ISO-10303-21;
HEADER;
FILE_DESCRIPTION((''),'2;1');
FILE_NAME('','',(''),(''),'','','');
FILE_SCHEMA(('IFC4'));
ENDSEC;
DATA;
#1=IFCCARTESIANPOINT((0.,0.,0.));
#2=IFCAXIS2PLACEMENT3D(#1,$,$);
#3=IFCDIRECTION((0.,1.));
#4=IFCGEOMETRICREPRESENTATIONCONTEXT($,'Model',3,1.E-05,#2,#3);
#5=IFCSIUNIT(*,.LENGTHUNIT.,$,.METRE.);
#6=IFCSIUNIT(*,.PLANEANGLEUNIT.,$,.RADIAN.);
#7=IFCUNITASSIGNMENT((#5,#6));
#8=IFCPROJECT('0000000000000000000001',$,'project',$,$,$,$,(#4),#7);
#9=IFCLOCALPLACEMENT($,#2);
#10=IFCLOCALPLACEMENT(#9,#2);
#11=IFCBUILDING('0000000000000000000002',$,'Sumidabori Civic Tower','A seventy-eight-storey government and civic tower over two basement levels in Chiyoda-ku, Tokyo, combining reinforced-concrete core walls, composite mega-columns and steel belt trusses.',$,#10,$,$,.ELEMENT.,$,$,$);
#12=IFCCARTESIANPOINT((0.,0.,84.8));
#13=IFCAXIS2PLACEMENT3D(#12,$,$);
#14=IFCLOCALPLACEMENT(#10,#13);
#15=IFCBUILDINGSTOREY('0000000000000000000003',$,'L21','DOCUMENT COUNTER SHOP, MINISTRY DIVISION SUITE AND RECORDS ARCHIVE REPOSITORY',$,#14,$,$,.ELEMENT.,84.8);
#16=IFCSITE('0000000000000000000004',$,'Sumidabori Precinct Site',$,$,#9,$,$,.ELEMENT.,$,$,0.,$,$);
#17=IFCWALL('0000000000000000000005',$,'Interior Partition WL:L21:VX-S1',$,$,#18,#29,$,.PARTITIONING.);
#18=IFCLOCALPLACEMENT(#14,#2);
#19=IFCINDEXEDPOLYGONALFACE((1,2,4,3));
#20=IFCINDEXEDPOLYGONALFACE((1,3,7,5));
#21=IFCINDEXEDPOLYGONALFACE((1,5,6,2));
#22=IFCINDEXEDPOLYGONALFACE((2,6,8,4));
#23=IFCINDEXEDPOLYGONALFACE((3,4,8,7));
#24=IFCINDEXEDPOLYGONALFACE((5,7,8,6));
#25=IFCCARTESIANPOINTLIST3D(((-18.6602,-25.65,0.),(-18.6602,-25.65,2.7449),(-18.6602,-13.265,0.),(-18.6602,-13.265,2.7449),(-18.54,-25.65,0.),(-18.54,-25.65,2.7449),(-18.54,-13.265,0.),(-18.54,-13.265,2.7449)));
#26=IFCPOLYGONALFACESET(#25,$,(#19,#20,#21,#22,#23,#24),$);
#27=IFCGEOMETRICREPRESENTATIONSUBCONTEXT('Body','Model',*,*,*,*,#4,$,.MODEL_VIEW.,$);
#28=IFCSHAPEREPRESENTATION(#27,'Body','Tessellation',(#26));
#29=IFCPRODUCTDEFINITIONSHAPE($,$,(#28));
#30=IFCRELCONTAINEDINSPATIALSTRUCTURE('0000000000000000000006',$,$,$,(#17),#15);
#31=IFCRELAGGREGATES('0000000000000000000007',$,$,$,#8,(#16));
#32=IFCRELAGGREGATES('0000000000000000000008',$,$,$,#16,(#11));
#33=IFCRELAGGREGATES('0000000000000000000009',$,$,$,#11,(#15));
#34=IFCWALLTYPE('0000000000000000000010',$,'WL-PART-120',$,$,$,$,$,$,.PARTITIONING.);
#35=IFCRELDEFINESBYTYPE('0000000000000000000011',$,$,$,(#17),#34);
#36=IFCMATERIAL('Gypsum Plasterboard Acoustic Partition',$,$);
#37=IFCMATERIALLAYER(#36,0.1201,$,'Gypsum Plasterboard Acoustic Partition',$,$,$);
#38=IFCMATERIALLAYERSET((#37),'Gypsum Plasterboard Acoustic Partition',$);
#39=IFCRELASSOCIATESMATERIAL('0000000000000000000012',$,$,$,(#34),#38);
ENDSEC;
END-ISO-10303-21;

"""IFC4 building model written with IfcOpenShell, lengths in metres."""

from ifc_helpers import new_model, si_unit, direction, frame, frame_2d, origin, place, context, subcontext, project, spatial, rectangle, extrude, source, transform, mapped, material, layer, layer_set, type_object, element, save


model = new_model("IFC4")

# Units and contexts
model_context = context("Model", 3, precision=1e-05, world=origin(), true_north=direction((0.0, 1.0)))
body_context = subcontext(model_context, "Body", "Model", "MODEL_VIEW")
ifc_project = project(units=[si_unit("LENGTHUNIT", "METRE"), si_unit("PLANEANGLEUNIT", "RADIAN")], contexts=[model_context])

# Site, building, storey
site_placement = place(None, origin())
site = spatial("IfcSite", under=ifc_project, at=site_placement, Name="Sumidabori Precinct Site", CompositionType="ELEMENT", RefElevation=0.0)
building_placement = place(site_placement, origin())
building = spatial("IfcBuilding", under=site, at=building_placement, Name="Sumidabori Civic Tower", Description="A seventy-eight-storey government and civic tower over two basement levels in Chiyoda-ku, Tokyo, combining reinforced-concrete core walls, composite mega-columns and steel belt trusses.", CompositionType="ELEMENT")
storey_placement = place(building_placement, frame((0.0, 0.0, 84.8)))
storey = spatial("IfcBuildingStorey", under=building, at=storey_placement, Name="L21", Description="DOCUMENT COUNTER SHOP, MINISTRY DIVISION SUITE AND RECORDS ARCHIVE REPOSITORY", CompositionType="ELEMENT", Elevation=84.8)

# Shared definitions
ifc_material_1 = material(Name="Gypsum Plasterboard Acoustic Partition")
ifc_layer_1 = layer(ifc_material_1, 0.1201, Name="Gypsum Plasterboard Acoustic Partition")
ifc_layer_set_1 = layer_set([ifc_layer_1], Name="Gypsum Plasterboard Acoustic Partition")
wall_type_1 = type_object("IfcWallType", Name="WL-PART-120", PredefinedType="PARTITIONING", material=ifc_layer_set_1)

# Wall
shared_shape_1 = source(origin(), body_context, "Body", "SweptSolid", [
    extrude(rectangle(XDim=12.385, YDim=0.1201, at=frame_2d((6.1924, 0.0))), origin(), (0.0, 0.0, 1.0), 2.7449),
])
wall_1_placement = place(storey_placement, frame((-18.6001, -25.6499, 0.0), z_axis=(0.0, 0.0, 1.0), x_axis=(0.0, 1.0, 0.0)))
element("IfcWall", 1, at=wall_1_placement, inside=storey, type_object=wall_type_1, Name="Interior Partition WL:L21:VX-S1", PredefinedType="PARTITIONING", context=body_context, shape_type="MappedRepresentation", body=[
    mapped(shared_shape_1, transform((0.0, 0.0, 0.0), x_axis=(1.0, 0.0, 0.0), y_axis=(0.0, 1.0, 0.0), z_axis=(0.0, 0.0, 1.0), scale=1.0)),
])

save(model, "model.ifc")
